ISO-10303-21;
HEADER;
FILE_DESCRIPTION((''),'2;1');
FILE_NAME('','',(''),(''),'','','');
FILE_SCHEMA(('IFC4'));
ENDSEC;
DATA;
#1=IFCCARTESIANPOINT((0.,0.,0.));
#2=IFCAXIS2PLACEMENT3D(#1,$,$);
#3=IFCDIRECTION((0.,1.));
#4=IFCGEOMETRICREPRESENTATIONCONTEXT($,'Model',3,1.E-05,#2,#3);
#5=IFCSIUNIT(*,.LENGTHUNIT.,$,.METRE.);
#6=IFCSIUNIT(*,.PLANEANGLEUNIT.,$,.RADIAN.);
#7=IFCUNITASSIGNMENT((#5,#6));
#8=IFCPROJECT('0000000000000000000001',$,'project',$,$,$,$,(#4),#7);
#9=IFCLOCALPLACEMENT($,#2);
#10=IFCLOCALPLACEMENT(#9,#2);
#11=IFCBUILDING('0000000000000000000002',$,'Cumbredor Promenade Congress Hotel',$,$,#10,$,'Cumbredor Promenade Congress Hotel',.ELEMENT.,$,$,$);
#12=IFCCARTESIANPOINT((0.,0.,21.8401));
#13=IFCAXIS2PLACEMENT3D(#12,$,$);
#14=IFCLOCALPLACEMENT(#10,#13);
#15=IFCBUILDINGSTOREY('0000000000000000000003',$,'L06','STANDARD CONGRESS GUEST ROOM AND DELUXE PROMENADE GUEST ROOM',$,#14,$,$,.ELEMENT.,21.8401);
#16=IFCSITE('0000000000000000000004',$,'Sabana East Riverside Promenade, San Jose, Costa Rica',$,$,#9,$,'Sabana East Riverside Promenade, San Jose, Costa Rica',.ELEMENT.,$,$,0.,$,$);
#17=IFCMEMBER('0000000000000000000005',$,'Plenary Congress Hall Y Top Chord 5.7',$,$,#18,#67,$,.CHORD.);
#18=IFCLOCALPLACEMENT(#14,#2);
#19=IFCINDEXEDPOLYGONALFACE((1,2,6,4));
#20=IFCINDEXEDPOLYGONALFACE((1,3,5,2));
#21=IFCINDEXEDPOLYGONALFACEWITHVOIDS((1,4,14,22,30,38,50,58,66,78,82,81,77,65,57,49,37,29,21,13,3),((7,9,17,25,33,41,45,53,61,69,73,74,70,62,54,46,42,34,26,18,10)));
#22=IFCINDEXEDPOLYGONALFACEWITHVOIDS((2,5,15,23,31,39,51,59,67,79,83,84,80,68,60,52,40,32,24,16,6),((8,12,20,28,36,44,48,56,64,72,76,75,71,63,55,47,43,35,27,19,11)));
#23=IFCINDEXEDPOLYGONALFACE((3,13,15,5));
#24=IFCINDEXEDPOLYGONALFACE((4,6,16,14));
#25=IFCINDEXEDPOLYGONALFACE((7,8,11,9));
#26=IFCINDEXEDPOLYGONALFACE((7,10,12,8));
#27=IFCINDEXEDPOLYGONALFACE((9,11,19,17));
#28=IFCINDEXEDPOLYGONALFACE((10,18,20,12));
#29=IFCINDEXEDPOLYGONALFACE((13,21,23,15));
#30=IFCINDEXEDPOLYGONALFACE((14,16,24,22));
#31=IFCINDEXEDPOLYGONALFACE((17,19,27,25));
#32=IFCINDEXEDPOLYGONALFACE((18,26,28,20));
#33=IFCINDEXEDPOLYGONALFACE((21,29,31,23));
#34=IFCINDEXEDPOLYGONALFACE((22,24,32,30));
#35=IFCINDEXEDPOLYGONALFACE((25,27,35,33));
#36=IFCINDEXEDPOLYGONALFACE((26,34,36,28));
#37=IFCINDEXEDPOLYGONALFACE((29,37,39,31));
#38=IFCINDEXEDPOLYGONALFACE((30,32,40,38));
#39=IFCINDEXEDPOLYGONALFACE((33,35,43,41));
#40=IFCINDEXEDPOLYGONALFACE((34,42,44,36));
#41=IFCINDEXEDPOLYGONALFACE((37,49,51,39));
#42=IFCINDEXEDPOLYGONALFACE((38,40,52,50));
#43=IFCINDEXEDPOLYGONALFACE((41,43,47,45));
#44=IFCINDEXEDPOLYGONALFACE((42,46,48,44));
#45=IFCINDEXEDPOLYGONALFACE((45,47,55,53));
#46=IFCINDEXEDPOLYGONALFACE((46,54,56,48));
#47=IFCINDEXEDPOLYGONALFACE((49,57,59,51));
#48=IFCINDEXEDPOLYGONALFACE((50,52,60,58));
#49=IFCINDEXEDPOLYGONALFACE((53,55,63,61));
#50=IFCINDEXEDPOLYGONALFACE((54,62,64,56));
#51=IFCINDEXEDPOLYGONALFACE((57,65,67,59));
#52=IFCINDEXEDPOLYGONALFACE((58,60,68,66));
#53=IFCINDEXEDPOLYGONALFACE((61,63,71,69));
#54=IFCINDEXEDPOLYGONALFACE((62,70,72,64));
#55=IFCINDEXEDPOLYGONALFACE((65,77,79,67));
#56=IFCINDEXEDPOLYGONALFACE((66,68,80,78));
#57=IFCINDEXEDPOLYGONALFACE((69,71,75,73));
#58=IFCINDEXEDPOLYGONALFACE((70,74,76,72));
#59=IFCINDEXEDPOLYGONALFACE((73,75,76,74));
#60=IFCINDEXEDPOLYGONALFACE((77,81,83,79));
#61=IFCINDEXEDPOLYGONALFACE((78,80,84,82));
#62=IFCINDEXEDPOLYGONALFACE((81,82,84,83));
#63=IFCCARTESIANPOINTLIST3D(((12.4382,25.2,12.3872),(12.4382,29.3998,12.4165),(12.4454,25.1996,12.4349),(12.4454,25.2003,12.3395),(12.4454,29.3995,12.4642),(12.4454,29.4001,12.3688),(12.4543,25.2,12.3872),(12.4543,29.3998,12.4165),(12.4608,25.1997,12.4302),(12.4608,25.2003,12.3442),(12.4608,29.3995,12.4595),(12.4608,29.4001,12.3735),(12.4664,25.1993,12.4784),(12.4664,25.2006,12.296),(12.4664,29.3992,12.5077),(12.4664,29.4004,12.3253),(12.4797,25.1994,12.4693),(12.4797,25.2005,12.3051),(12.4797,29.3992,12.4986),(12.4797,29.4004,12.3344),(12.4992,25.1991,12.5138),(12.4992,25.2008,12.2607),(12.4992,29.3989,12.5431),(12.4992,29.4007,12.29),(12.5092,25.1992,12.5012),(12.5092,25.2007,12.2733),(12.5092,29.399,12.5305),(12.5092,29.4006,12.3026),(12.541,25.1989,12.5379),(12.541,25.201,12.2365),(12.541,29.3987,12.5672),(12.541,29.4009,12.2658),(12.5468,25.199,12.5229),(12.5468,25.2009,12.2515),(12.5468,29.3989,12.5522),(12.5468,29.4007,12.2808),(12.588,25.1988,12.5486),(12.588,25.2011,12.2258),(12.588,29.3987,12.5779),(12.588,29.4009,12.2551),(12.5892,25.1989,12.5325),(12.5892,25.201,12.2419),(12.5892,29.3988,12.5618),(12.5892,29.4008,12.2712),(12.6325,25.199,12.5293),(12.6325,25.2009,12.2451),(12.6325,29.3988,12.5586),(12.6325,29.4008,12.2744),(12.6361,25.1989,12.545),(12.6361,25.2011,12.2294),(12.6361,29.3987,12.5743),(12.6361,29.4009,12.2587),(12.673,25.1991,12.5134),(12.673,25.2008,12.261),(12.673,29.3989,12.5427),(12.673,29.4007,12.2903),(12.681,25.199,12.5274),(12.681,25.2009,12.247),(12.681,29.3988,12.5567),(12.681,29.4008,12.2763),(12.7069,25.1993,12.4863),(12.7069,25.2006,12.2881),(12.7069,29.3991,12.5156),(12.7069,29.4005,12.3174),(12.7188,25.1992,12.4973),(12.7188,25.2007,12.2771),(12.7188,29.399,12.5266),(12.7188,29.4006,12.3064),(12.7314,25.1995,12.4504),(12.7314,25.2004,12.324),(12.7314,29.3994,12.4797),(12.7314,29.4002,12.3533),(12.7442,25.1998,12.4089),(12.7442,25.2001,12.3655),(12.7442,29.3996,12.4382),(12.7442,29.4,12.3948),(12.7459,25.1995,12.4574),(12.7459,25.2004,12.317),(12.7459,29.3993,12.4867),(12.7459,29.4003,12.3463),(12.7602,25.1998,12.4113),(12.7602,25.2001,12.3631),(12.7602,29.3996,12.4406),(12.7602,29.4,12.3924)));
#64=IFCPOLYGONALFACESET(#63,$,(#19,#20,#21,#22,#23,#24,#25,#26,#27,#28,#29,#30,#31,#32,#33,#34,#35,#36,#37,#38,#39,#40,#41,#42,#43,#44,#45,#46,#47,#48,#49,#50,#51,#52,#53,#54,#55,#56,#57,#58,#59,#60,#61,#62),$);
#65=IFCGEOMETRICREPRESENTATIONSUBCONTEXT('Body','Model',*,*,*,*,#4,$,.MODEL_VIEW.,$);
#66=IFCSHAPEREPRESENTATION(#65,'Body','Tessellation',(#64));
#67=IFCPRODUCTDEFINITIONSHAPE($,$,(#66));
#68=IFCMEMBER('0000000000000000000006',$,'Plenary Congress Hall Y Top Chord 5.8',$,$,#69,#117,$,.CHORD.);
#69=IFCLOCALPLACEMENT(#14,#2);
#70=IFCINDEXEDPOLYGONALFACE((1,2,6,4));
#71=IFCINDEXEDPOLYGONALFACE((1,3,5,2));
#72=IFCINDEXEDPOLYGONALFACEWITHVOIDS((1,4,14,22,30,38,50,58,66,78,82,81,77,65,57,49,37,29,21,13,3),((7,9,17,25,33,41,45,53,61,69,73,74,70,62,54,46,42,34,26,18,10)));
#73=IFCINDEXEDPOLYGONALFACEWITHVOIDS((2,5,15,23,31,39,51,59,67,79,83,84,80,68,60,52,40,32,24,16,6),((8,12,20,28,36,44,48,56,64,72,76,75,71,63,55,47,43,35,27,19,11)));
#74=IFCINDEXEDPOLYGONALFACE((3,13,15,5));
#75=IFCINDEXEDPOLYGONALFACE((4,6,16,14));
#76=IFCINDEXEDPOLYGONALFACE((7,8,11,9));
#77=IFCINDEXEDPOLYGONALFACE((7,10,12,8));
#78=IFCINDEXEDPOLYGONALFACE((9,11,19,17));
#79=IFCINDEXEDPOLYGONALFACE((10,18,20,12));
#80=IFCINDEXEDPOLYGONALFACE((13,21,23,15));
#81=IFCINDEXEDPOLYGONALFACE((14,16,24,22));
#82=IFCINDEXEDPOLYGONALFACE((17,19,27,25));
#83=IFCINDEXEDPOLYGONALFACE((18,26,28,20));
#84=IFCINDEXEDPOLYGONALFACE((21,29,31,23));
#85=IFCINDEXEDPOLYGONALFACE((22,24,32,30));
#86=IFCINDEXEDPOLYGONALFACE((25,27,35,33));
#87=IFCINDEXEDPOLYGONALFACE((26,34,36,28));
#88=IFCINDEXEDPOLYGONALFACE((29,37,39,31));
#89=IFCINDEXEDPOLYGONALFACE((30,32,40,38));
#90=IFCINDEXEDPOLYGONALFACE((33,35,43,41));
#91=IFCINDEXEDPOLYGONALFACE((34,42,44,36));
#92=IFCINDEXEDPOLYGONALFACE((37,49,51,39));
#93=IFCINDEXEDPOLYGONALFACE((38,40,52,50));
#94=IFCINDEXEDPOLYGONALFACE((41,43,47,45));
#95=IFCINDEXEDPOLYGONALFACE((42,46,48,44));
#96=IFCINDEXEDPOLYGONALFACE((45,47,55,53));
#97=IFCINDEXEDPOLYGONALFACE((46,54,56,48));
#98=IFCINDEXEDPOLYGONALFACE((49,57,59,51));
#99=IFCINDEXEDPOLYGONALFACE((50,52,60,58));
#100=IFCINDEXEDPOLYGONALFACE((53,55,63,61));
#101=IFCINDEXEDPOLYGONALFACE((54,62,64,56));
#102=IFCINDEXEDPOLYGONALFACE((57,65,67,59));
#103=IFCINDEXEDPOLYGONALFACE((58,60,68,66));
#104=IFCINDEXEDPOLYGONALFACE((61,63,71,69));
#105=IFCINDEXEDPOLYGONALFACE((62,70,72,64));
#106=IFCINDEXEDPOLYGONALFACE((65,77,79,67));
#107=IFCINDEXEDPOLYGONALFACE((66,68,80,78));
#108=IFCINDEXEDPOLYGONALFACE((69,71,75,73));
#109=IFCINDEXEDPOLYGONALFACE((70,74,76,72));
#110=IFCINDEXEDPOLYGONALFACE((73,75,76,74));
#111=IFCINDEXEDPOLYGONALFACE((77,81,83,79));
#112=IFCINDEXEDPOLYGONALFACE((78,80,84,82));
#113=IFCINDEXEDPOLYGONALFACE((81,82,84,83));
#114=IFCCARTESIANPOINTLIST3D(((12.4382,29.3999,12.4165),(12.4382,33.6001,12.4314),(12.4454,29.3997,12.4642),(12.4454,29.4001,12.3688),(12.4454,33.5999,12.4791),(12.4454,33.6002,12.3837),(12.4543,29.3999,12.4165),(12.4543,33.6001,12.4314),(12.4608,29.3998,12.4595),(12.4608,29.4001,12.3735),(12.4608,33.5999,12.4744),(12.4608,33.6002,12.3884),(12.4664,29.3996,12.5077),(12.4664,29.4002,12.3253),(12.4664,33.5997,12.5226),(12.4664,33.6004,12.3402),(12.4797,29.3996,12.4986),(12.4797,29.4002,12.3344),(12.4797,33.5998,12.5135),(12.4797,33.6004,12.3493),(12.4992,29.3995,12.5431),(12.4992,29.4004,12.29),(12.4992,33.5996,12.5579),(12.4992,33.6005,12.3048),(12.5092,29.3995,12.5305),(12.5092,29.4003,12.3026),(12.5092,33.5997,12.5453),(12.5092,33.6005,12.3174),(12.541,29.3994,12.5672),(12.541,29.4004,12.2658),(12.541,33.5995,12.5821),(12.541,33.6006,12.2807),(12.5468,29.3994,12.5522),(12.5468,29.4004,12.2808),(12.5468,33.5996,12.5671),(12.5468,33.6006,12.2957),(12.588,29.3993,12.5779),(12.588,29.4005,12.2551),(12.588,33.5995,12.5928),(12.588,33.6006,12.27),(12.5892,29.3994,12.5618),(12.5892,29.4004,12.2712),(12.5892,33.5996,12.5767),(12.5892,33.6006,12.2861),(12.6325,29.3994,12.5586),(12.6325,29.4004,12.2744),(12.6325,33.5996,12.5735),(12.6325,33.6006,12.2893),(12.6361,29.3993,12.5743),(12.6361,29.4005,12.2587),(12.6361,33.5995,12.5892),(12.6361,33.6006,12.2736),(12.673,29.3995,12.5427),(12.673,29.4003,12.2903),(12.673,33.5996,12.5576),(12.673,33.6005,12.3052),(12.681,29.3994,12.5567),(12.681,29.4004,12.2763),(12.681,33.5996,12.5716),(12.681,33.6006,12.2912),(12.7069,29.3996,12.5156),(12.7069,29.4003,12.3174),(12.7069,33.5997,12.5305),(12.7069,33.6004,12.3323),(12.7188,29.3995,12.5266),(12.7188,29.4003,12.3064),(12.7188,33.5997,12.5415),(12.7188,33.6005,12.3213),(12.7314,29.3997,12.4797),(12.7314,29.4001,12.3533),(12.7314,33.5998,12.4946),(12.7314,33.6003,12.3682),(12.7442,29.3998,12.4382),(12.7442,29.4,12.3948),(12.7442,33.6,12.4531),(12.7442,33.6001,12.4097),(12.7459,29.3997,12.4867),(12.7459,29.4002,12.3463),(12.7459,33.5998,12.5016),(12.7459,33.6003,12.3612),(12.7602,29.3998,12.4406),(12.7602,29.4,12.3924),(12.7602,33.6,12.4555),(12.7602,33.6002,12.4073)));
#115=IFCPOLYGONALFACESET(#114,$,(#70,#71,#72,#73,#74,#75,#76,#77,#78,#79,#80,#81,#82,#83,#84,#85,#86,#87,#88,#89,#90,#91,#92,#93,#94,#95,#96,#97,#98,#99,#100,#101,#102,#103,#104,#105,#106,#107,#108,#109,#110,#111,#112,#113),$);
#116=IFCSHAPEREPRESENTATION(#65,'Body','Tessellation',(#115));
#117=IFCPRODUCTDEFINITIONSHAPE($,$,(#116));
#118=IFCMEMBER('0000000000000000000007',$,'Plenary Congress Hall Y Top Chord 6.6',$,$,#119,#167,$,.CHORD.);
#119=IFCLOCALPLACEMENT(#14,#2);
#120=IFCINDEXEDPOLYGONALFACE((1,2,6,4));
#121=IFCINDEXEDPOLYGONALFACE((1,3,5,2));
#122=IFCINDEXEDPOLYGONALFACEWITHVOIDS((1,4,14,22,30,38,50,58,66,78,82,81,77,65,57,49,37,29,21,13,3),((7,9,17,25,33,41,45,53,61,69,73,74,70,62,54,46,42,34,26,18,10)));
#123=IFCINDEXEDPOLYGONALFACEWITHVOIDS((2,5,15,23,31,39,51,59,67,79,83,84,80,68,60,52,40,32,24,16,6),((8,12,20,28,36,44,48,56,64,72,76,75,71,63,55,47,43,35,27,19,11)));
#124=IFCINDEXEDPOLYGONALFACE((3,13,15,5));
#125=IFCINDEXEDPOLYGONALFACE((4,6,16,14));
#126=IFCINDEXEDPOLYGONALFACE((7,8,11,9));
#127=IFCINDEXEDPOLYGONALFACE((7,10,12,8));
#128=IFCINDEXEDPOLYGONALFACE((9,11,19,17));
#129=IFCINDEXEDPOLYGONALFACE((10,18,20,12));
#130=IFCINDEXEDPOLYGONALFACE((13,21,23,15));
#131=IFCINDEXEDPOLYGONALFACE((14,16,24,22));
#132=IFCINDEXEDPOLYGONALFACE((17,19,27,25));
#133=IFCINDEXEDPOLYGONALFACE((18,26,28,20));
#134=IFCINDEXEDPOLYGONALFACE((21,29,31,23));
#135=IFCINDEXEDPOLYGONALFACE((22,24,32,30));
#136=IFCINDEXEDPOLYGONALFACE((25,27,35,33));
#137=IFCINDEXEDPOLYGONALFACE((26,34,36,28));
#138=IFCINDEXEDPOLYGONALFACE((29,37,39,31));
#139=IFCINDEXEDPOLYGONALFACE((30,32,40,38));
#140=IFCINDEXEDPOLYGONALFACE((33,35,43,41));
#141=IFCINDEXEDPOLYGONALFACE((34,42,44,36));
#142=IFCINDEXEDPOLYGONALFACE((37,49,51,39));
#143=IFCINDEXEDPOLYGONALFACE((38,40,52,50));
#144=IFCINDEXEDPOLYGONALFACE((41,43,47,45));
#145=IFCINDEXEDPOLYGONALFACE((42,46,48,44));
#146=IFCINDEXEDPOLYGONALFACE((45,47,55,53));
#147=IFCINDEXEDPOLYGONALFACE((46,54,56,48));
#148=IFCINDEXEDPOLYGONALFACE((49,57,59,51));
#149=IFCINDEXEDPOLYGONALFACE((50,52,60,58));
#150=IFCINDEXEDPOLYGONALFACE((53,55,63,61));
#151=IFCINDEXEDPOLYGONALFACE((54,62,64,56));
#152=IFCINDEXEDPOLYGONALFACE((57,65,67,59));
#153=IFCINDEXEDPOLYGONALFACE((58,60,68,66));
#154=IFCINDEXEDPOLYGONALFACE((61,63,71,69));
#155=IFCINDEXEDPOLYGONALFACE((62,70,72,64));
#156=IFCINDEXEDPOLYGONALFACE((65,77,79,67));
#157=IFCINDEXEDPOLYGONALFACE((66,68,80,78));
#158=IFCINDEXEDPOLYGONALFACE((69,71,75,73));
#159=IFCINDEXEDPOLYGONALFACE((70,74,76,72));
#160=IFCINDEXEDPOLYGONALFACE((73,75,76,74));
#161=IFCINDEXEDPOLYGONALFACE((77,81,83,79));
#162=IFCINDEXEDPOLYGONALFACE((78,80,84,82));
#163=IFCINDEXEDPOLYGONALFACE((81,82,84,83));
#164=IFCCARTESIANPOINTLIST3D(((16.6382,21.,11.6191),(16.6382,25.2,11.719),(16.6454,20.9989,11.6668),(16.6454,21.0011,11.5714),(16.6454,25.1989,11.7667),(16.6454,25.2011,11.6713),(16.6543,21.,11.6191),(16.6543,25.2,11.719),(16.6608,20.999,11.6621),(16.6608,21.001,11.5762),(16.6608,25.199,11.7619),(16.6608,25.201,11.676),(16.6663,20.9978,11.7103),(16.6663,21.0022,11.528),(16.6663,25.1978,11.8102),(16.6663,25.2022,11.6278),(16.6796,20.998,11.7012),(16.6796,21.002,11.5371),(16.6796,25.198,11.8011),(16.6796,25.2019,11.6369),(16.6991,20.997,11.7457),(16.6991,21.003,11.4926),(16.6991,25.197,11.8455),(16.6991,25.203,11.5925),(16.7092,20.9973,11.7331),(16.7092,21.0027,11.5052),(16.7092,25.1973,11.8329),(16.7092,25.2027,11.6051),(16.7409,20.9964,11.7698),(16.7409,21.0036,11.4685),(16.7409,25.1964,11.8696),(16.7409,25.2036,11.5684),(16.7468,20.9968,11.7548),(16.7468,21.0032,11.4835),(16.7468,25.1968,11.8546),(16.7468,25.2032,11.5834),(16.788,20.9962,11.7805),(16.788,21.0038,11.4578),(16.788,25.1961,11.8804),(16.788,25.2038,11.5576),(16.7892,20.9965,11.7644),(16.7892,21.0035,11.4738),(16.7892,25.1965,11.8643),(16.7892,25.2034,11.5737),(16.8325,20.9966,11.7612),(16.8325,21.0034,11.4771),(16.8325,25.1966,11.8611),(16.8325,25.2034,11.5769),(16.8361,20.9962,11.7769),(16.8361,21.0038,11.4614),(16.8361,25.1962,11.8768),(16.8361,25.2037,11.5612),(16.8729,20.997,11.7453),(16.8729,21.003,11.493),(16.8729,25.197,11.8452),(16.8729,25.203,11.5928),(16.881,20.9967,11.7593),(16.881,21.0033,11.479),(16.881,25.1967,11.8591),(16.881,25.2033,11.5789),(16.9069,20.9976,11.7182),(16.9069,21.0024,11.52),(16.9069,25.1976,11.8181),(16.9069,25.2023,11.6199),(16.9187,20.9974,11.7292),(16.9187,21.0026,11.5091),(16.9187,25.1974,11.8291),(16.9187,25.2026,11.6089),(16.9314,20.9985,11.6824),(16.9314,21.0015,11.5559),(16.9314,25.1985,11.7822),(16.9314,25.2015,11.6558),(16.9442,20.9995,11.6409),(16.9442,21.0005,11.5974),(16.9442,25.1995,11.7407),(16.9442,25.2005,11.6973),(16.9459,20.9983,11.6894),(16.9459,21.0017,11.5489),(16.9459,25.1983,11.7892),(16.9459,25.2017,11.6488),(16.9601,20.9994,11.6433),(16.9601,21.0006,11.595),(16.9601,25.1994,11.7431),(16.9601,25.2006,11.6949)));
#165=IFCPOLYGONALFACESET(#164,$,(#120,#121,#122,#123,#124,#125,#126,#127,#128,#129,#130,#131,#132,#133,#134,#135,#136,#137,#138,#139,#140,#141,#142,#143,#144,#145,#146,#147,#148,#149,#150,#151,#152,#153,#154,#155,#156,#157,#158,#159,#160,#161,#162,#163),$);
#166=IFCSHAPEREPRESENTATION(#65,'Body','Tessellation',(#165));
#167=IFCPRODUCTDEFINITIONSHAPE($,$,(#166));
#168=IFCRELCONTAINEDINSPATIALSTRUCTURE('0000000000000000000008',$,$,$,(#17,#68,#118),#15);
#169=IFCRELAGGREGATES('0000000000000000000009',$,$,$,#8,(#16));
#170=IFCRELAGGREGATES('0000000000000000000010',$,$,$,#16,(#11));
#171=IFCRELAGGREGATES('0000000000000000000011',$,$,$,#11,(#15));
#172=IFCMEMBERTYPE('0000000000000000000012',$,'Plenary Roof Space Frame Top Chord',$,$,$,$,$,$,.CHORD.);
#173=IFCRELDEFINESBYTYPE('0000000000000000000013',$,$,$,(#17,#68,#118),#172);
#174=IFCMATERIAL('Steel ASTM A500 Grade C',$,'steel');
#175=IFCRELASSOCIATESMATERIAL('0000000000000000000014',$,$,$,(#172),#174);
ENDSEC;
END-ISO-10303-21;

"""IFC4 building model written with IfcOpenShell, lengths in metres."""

from ifc_helpers import new_model, si_unit, direction, frame, origin, origin_2d, place, context, subcontext, project, spatial, hollow_circle, extrude, material, material_profile, profile_set, type_object, element, save


model = new_model("IFC4")

# Units and contexts
model_context = context("Model", 3, precision=1e-05, world=origin(), true_north=direction((0.0, 1.0)))
body_context = subcontext(model_context, "Body", "Model", "MODEL_VIEW")
ifc_project = project(units=[si_unit("LENGTHUNIT", "METRE"), si_unit("PLANEANGLEUNIT", "RADIAN")], contexts=[model_context])

# Site, building, storey
site_placement = place(None, origin())
site = spatial("IfcSite", under=ifc_project, at=site_placement, Name="Sabana East Riverside Promenade, San Jose, Costa Rica", LongName="Sabana East Riverside Promenade, San Jose, Costa Rica", CompositionType="ELEMENT", RefElevation=0.0)
building_placement = place(site_placement, origin())
building = spatial("IfcBuilding", under=site, at=building_placement, Name="Cumbredor Promenade Congress Hotel", LongName="Cumbredor Promenade Congress Hotel", CompositionType="ELEMENT")
storey_placement = place(building_placement, frame((0.0, 0.0, 21.8401)))
storey = spatial("IfcBuildingStorey", under=building, at=storey_placement, Name="L06", Description="STANDARD CONGRESS GUEST ROOM AND DELUXE PROMENADE GUEST ROOM", CompositionType="ELEMENT", Elevation=21.8401)

# Members
ifc_material_1 = material(Name="Steel ASTM A500 Grade C", Category="steel")
ifc_material_profile_1 = material_profile(ifc_material_1, hollow_circle(Radius=0.1619, WallThickness=0.0161, at=origin_2d()), Name="CHS 323.9x16")
ifc_profile_set_1 = profile_set([ifc_material_profile_1], Name="Steel ASTM A500 Grade C")
member_type_1 = type_object("IfcMemberType", Name="Plenary Roof Space Frame Top Chord", PredefinedType="CHORD", material=ifc_profile_set_1)
member_1_placement = place(storey_placement, frame((12.6001, 25.2, 12.3872), z_axis=(0.0, 0.999976, 0.006975), x_axis=(-1.0, 0.0, 0.0)))
element("IfcMember", 1, at=member_1_placement, inside=storey, type_object=member_type_1, Name="Plenary Congress Hall Y Top Chord 5.7", PredefinedType="CHORD", context=body_context, shape_type="SweptSolid", body=[
    extrude(hollow_circle(Radius=0.1619, WallThickness=0.0161, at=origin_2d()), origin(), (0.0, 0.0, 1.0), 4.2),
])
member_2_placement = place(storey_placement, frame((12.6001, 29.3999, 12.4165), z_axis=(0.0, 0.999994, 0.003546), x_axis=(-1.0, 0.0, 0.0)))
element("IfcMember", 2, at=member_2_placement, inside=storey, type_object=member_type_1, Name="Plenary Congress Hall Y Top Chord 5.8", PredefinedType="CHORD", context=body_context, shape_type="SweptSolid", body=[
    extrude(hollow_circle(Radius=0.1619, WallThickness=0.0161, at=origin_2d()), origin(), (0.0, 0.0, 1.0), 4.2002),
])
member_3_placement = place(storey_placement, frame((16.8, 21.0, 11.6191), z_axis=(0.0, 0.999717, 0.023768), x_axis=(-1.0, 0.0, 0.0)))
element("IfcMember", 3, at=member_3_placement, inside=storey, type_object=member_type_1, Name="Plenary Congress Hall Y Top Chord 6.6", PredefinedType="CHORD", context=body_context, shape_type="SweptSolid", body=[
    extrude(hollow_circle(Radius=0.1619, WallThickness=0.0161, at=origin_2d()), origin(), (0.0, 0.0, 1.0), 4.2012),
])

save(model, "model.ifc")
